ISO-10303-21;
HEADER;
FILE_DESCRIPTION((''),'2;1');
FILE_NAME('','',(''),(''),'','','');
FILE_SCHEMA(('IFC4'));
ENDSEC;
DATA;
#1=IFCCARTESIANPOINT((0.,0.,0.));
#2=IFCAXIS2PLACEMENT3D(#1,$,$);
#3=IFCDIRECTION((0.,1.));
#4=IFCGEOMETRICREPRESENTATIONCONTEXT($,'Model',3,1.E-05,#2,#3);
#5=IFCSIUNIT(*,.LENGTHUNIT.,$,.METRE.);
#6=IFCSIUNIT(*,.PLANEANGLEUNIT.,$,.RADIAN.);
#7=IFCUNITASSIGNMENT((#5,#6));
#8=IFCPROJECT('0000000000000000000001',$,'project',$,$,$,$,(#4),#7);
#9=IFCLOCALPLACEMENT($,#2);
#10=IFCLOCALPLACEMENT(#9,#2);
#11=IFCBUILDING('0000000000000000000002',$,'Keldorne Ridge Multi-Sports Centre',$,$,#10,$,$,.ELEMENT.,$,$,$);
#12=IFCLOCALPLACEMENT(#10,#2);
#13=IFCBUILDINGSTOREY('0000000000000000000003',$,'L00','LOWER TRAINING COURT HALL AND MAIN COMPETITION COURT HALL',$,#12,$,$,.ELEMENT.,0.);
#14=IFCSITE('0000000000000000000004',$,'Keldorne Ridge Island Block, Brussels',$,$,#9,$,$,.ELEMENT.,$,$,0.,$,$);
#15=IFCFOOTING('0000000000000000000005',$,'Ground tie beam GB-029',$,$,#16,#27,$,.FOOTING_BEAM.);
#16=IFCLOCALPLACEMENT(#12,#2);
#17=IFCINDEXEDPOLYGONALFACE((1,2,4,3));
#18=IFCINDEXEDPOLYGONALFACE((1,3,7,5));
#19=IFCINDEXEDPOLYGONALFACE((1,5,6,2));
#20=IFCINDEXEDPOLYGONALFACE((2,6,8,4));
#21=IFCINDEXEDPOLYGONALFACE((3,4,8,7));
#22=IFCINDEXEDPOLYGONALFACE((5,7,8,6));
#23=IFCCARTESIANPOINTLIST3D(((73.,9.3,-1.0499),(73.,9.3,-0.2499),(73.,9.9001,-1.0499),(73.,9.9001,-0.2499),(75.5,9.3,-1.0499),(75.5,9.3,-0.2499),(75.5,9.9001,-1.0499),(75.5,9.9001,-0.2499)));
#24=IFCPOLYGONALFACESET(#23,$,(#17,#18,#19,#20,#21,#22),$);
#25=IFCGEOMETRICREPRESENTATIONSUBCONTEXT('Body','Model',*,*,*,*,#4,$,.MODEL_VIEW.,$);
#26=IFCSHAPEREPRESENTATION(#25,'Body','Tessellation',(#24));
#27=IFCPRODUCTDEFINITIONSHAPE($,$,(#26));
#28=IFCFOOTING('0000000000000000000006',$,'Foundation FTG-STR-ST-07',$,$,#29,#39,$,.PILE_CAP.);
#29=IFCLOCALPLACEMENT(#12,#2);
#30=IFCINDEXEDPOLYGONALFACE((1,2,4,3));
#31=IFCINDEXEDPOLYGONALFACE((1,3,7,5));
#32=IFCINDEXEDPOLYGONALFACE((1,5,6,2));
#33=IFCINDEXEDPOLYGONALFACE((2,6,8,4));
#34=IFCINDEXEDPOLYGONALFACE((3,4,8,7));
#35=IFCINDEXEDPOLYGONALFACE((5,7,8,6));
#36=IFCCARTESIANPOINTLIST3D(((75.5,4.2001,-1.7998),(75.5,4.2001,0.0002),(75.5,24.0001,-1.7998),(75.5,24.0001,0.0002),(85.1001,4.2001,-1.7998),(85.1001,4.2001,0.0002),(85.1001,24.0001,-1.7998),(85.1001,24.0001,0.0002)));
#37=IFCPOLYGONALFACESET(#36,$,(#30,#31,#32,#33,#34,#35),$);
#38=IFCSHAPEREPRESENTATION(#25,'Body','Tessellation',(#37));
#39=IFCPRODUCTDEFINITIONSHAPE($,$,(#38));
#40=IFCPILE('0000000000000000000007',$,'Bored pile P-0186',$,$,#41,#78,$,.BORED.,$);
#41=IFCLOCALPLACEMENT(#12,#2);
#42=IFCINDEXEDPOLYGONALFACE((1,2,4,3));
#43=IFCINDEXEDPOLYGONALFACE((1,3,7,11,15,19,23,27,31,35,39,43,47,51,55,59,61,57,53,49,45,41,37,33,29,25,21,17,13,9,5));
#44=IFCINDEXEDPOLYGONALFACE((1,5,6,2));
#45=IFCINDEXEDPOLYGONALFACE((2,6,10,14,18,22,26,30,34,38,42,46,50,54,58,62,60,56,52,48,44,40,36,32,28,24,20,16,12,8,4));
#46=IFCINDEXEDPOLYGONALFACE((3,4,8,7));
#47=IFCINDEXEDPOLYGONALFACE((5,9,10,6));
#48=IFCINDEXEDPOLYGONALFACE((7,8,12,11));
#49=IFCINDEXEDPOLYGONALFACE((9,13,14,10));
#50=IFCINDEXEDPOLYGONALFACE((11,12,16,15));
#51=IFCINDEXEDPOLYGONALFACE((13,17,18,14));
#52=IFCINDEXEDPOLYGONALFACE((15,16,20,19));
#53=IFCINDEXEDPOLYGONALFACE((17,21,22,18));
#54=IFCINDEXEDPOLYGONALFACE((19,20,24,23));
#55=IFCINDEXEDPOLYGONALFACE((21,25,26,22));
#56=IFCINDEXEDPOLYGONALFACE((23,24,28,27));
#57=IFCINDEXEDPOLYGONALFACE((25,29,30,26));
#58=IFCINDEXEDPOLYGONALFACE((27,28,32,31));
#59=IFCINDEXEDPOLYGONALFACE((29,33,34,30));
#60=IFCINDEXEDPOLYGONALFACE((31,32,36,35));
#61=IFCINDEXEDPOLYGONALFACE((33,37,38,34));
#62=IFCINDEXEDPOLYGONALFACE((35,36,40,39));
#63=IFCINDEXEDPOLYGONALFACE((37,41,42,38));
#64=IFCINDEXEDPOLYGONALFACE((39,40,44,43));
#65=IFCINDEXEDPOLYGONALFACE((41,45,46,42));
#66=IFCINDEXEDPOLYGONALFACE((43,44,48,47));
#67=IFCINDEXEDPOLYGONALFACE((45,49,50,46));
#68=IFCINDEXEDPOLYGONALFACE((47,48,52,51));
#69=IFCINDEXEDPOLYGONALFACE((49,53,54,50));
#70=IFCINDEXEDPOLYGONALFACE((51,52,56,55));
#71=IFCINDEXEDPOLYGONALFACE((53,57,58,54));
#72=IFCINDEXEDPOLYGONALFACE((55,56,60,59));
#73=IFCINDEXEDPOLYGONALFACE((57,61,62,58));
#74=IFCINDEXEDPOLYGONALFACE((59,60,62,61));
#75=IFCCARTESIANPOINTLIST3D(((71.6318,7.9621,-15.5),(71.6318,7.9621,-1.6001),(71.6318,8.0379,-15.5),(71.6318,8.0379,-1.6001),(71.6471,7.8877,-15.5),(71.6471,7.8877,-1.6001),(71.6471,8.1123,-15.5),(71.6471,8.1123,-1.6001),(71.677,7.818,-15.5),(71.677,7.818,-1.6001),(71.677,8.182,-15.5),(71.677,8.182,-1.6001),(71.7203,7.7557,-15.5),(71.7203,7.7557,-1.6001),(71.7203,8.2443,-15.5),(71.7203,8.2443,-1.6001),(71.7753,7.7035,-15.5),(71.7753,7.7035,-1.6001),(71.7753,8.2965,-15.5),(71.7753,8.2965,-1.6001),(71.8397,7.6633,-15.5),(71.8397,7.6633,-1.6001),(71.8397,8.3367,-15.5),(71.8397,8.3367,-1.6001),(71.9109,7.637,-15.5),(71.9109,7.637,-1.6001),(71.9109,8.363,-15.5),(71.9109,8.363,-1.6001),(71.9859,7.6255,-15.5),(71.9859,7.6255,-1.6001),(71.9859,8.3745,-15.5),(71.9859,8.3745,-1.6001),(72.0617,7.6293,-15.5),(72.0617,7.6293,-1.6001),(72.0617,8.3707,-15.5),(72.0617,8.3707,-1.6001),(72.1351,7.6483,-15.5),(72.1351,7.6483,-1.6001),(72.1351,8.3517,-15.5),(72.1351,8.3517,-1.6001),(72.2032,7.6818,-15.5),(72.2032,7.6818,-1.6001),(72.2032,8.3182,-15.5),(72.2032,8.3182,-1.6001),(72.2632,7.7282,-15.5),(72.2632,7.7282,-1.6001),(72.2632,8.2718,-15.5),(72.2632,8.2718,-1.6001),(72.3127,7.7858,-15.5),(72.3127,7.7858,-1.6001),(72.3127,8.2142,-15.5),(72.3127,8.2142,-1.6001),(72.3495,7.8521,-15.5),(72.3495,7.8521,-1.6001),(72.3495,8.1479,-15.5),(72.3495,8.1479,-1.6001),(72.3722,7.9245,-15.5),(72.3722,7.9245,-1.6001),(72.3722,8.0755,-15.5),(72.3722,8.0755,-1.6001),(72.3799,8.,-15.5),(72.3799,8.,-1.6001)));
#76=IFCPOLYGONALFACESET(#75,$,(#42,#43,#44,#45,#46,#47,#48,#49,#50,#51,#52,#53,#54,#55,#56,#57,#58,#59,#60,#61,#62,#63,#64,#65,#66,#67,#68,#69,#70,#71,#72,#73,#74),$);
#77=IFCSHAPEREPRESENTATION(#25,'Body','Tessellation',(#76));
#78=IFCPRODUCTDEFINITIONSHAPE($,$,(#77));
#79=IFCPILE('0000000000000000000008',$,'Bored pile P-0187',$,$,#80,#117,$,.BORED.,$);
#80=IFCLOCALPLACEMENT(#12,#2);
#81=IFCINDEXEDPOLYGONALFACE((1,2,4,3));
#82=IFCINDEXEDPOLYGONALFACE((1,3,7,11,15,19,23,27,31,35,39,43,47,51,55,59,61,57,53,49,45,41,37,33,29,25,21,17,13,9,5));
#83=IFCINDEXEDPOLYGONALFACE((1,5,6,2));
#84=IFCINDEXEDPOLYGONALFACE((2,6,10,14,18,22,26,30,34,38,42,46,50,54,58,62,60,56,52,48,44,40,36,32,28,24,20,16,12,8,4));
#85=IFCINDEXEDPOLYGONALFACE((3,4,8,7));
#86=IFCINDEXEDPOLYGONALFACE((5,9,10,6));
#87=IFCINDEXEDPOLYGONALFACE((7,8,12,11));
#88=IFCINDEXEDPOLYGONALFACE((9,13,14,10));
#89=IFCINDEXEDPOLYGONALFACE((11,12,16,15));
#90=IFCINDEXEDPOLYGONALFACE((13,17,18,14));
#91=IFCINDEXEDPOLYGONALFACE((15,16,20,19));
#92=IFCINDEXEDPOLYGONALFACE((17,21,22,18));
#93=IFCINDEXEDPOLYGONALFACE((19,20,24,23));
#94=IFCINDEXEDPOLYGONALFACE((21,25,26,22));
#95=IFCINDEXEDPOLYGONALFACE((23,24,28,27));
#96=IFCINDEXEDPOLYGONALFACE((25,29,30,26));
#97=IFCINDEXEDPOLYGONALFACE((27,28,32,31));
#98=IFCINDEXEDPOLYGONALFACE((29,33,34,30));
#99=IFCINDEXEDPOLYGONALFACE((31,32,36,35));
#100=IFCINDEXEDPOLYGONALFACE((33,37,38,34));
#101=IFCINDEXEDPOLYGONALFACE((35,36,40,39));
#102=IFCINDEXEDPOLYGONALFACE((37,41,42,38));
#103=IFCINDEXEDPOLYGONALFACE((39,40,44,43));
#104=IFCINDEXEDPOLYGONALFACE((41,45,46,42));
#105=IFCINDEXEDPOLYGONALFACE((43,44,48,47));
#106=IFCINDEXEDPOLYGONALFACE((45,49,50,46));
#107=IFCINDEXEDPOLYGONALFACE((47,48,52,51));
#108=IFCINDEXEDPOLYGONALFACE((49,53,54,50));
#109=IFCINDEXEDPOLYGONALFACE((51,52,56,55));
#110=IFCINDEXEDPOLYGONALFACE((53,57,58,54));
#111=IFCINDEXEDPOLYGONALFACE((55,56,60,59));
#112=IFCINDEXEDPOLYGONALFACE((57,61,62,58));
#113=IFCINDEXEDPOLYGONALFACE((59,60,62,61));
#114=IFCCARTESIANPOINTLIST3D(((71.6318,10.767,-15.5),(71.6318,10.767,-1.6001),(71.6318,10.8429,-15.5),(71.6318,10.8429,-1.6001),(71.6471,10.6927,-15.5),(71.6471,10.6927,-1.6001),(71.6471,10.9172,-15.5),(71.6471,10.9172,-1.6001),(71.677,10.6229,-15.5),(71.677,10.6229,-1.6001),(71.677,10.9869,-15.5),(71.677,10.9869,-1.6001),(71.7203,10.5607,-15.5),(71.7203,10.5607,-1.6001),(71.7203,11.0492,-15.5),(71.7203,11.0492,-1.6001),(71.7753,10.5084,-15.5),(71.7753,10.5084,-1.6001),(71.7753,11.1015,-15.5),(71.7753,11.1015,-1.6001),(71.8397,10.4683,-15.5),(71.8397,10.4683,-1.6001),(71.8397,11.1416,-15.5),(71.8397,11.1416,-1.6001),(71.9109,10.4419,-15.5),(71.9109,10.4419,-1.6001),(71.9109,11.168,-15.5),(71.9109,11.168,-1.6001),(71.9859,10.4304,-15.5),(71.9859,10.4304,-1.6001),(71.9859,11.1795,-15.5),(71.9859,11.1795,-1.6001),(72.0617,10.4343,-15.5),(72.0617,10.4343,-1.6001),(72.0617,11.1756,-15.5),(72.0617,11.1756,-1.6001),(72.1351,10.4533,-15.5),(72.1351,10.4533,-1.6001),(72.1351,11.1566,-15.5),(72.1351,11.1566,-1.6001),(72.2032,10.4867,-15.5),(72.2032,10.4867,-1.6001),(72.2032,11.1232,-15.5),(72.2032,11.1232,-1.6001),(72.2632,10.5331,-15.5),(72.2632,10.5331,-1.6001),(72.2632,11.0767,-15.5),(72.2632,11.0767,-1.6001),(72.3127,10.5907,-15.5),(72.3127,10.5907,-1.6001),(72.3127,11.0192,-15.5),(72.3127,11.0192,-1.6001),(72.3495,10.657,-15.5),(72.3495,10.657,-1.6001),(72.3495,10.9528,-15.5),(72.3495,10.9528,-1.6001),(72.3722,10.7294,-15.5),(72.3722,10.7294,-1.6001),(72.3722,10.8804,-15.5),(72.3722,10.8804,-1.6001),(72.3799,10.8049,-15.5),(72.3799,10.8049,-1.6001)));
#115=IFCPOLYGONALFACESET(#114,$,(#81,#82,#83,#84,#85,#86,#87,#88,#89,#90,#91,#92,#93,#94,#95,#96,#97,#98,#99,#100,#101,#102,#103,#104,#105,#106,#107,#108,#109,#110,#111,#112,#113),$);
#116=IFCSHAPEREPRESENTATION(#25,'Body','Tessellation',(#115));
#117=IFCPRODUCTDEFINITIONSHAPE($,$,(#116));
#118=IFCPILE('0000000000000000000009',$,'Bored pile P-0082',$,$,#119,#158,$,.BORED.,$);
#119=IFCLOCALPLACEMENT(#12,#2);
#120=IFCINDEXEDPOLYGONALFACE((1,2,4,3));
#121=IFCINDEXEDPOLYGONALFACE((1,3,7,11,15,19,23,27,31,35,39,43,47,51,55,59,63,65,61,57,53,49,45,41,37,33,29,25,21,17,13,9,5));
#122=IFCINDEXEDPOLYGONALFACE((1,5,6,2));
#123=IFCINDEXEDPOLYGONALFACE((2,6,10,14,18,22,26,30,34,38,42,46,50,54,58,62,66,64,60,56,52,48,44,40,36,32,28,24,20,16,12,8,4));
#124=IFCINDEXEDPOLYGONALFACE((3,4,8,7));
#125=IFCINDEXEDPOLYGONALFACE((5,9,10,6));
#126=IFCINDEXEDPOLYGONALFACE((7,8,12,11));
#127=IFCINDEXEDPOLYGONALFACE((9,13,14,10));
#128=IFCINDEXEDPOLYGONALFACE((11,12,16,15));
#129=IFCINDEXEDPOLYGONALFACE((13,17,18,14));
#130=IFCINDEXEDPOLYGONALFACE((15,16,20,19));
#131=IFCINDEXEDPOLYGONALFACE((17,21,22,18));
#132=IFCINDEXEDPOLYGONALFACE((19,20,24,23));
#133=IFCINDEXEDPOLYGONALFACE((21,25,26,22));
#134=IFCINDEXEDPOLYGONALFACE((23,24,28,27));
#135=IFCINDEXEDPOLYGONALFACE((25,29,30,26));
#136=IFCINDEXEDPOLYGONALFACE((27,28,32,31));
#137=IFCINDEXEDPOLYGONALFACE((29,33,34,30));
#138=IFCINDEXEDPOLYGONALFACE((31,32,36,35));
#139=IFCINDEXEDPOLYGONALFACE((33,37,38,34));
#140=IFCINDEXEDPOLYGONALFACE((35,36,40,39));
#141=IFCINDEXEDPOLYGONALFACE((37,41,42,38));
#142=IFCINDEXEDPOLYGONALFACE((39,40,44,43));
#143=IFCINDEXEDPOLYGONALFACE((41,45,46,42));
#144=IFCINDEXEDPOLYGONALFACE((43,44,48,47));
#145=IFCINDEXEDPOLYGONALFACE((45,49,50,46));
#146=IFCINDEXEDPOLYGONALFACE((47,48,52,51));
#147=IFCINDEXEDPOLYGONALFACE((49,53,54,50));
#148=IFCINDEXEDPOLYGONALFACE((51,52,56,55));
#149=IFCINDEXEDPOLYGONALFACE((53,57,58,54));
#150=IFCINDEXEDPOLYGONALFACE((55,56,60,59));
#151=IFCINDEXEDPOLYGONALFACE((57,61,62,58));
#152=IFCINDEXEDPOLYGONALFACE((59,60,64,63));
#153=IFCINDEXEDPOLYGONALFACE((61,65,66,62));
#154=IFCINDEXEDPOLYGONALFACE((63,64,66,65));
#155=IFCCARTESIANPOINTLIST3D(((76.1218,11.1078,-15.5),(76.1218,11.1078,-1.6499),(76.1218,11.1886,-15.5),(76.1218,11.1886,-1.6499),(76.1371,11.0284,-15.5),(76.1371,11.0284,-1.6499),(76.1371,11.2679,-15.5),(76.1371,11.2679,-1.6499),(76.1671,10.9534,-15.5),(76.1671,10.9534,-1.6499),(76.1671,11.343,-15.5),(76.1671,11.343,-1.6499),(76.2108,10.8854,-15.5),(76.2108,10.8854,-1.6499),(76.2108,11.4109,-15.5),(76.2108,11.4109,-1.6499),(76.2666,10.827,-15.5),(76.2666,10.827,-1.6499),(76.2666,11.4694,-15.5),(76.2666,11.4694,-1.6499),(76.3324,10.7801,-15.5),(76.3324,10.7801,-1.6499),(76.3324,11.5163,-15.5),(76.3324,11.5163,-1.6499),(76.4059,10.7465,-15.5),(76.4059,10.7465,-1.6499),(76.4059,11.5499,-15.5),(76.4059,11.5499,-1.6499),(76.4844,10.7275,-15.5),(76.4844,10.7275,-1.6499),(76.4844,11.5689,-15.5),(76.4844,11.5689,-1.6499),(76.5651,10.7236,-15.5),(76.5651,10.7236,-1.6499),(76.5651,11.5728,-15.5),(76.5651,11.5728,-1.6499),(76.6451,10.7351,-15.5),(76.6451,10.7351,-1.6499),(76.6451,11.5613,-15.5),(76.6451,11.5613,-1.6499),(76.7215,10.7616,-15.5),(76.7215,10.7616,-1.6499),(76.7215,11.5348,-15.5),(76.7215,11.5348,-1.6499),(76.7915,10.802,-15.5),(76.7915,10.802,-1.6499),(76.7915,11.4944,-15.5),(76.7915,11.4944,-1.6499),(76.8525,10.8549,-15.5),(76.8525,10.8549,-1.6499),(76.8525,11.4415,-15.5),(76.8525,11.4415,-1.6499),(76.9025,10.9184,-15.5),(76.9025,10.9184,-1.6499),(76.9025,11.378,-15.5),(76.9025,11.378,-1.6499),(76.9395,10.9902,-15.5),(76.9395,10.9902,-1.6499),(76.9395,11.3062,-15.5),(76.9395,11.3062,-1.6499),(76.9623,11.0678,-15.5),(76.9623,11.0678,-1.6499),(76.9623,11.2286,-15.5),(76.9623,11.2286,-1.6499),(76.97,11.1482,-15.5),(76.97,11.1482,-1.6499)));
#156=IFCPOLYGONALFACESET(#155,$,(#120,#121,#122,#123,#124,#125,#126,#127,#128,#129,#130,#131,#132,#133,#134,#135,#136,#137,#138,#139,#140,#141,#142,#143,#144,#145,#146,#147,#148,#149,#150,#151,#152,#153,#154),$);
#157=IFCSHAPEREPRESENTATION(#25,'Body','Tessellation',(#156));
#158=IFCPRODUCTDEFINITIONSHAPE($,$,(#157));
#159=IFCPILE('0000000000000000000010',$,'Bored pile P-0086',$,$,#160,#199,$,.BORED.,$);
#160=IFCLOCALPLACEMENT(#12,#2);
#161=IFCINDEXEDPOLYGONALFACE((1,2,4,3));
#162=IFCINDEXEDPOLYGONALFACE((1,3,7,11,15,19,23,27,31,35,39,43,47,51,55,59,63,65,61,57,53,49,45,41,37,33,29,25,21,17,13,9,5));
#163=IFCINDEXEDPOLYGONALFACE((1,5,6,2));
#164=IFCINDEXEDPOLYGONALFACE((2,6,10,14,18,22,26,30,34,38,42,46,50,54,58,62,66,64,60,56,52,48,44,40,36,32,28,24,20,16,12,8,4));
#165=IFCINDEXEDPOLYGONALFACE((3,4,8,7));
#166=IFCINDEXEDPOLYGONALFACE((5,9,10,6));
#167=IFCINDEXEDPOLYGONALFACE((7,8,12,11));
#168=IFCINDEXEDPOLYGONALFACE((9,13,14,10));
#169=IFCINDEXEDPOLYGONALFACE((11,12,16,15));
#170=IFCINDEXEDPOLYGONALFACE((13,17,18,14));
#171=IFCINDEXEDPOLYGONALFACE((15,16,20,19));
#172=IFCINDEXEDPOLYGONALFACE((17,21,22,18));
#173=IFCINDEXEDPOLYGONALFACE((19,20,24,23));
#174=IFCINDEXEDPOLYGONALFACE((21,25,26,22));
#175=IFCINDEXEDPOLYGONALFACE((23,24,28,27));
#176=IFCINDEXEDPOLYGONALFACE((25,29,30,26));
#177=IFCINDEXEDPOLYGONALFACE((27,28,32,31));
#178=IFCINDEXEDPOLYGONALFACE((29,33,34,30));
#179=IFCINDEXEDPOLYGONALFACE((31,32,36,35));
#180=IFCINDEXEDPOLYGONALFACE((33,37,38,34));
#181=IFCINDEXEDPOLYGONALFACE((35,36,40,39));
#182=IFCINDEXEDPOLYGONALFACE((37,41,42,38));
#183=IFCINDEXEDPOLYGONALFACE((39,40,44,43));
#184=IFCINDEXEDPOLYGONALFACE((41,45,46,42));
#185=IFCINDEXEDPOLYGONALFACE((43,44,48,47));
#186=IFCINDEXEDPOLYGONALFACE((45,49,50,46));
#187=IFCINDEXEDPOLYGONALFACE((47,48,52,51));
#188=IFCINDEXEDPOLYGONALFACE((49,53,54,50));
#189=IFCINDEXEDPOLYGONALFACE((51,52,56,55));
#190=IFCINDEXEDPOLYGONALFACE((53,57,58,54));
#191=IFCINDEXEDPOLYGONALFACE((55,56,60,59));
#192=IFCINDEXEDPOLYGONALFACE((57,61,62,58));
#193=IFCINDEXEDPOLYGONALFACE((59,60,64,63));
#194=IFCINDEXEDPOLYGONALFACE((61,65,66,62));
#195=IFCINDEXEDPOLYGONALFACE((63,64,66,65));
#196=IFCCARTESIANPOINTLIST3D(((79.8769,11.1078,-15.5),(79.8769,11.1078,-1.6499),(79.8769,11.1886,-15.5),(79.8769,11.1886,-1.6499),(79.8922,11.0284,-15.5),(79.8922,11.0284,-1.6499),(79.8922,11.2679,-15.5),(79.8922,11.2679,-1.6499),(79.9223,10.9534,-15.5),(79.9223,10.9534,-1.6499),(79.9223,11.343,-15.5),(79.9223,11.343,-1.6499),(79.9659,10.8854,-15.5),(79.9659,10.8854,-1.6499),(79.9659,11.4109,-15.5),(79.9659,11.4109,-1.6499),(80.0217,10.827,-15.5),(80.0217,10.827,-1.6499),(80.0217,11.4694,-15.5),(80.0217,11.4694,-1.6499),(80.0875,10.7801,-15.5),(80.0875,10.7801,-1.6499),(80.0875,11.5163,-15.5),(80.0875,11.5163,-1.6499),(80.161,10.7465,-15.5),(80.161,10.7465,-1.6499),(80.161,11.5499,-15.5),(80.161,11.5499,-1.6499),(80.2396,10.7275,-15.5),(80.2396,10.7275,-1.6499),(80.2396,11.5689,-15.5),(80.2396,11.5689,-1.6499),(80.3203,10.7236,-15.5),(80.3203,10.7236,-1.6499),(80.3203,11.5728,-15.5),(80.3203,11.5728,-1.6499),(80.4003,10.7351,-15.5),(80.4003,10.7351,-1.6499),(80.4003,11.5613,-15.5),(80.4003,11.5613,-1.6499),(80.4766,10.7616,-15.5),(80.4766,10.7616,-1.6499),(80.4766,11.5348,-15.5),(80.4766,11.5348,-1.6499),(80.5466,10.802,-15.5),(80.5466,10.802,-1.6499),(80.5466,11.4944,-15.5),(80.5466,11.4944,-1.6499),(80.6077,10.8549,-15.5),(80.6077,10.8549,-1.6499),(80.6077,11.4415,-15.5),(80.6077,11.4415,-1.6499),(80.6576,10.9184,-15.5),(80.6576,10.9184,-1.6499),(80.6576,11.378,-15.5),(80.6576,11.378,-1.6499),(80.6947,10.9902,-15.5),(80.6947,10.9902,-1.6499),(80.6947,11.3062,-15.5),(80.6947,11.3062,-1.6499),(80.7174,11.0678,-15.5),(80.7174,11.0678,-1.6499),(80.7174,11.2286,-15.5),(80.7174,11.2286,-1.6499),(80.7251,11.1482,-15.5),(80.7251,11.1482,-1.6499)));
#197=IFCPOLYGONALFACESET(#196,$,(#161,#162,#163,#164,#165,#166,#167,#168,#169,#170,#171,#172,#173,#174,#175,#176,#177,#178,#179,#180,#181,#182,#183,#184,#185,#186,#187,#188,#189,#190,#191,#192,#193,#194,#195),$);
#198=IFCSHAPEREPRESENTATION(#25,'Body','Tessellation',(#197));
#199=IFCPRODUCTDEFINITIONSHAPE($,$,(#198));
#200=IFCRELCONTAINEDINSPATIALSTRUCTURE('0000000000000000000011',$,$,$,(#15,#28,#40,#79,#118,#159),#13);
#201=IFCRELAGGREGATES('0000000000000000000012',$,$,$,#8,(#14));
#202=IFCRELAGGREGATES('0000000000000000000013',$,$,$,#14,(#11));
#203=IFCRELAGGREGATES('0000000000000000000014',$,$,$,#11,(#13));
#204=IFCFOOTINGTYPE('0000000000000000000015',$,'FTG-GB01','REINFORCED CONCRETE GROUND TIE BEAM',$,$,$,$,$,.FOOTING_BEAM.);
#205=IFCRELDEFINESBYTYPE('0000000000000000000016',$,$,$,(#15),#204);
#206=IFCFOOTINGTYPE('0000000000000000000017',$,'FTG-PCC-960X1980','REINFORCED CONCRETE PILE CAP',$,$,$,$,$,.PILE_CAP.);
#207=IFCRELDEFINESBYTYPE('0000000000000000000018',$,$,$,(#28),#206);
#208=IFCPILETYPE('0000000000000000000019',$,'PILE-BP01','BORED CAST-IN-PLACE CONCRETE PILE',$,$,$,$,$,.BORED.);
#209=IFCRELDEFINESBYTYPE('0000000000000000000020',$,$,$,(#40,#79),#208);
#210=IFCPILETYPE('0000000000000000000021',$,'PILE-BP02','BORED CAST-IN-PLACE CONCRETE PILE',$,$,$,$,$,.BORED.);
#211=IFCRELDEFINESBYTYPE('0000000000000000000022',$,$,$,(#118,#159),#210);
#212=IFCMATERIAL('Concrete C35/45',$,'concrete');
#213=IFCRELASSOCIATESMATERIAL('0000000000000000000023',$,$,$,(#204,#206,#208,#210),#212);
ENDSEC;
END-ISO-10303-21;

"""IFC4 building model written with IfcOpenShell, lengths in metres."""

from ifc_helpers import new_model, si_unit, direction, frame, origin, origin_2d, place, context, subcontext, project, spatial, rectangle, circle, extrude, material, material_profile, profile_set, type_object, element, save


model = new_model("IFC4")

# Units and contexts
model_context = context("Model", 3, precision=1e-05, world=origin(), true_north=direction((0.0, 1.0)))
body_context = subcontext(model_context, "Body", "Model", "MODEL_VIEW")
ifc_project = project(units=[si_unit("LENGTHUNIT", "METRE"), si_unit("PLANEANGLEUNIT", "RADIAN")], contexts=[model_context])

# Site, building, storey
site_placement = place(None, origin())
site = spatial("IfcSite", under=ifc_project, at=site_placement, Name="Keldorne Ridge Island Block, Brussels", CompositionType="ELEMENT", RefElevation=0.0)
building_placement = place(site_placement, origin())
building = spatial("IfcBuilding", under=site, at=building_placement, Name="Keldorne Ridge Multi-Sports Centre", CompositionType="ELEMENT")
storey_placement = place(building_placement, origin())
storey = spatial("IfcBuildingStorey", under=building, at=storey_placement, Name="L00", Description="LOWER TRAINING COURT HALL AND MAIN COMPETITION COURT HALL", CompositionType="ELEMENT", Elevation=0.0)

# Footings
ifc_material_1 = material(Name="Concrete C35/45", Category="concrete")
ifc_material_profile_1 = material_profile(ifc_material_1, rectangle(XDim=0.6001, YDim=0.8, at=origin_2d()), Name="GB 600x800")
ifc_profile_set_1 = profile_set([ifc_material_profile_1], Name="Concrete C35/45")
footing_type_1 = type_object("IfcFootingType", Name="FTG-GB01", Description="REINFORCED CONCRETE GROUND TIE BEAM", PredefinedType="FOOTING_BEAM", material=ifc_profile_set_1)
footing_1_placement = place(storey_placement, frame((73.0, 9.6001, -0.6499), z_axis=(1.0, 0.0, 0.0), x_axis=(0.0, 1.0, 0.0)))
element("IfcFooting", 1, at=footing_1_placement, inside=storey, type_object=footing_type_1, Name="Ground tie beam GB-029", PredefinedType="FOOTING_BEAM", context=body_context, shape_type="SweptSolid", body=[
    extrude(rectangle(XDim=0.6001, YDim=0.8, at=origin_2d()), origin(), (0.0, 0.0, 1.0), 2.5),
])
footing_type_2 = type_object("IfcFootingType", Name="FTG-PCC-960X1980", Description="REINFORCED CONCRETE PILE CAP", PredefinedType="PILE_CAP", material=ifc_material_1)
footing_2_placement = place(storey_placement, frame((80.3, 14.1001, -1.7998), z_axis=(0.0, 0.0, 1.0), x_axis=(1.0, 0.0, 0.0)))
element("IfcFooting", 2, at=footing_2_placement, inside=storey, type_object=footing_type_2, Name="Foundation FTG-STR-ST-07", PredefinedType="PILE_CAP", context=body_context, shape_type="SweptSolid", body=[
    extrude(rectangle(XDim=9.6001, YDim=19.8, at=origin_2d()), origin(), (0.0, 0.0, 1.0), 1.8),
])

# Piles
ifc_material_profile_2 = material_profile(ifc_material_1, circle(Radius=0.375, at=origin_2d()), Name="BORED PILE D750")
ifc_profile_set_2 = profile_set([ifc_material_profile_2], Name="Concrete C35/45")
pile_type_1 = type_object("IfcPileType", Name="PILE-BP01", Description="BORED CAST-IN-PLACE CONCRETE PILE", PredefinedType="BORED", material=ifc_profile_set_2)
for number, where, z_axis, x_axis, name in (
    (3, (72.0049, 8.0, -1.6001), (0.0, 0.0, -1.0), (1.0, 0.0, 0.0), "Bored pile P-0186"),
    (4, (72.0049, 10.8049, -1.6001), (0.0, 0.0, -1.0), (1.0, 0.0, 0.0), "Bored pile P-0187"),
):
    element("IfcPile", number, at=place(storey_placement, frame(where, z_axis=z_axis, x_axis=x_axis)), inside=storey, type_object=pile_type_1, Name=name, PredefinedType="BORED", context=body_context, shape_type="SweptSolid", body=[
        extrude(circle(Radius=0.375, at=origin_2d()), origin(), (0.0, 0.0, 1.0), 13.8999),
    ])
ifc_material_profile_3 = material_profile(ifc_material_1, circle(Radius=0.425, at=origin_2d()), Name="BORED PILE D850")
ifc_profile_set_3 = profile_set([ifc_material_profile_3], Name="Concrete C35/45")
pile_type_2 = type_object("IfcPileType", Name="PILE-BP02", Description="BORED CAST-IN-PLACE CONCRETE PILE", PredefinedType="BORED", material=ifc_profile_set_3)
for number, where, z_axis, x_axis, name in (
    (5, (76.5449, 11.1482, -1.6499), (0.0, 0.0, -1.0), (1.0, 0.0, 0.0), "Bored pile P-0082"),
    (6, (80.3, 11.1482, -1.6499), (0.0, 0.0, -1.0), (1.0, 0.0, 0.0), "Bored pile P-0086"),
):
    element("IfcPile", number, at=place(storey_placement, frame(where, z_axis=z_axis, x_axis=x_axis)), inside=storey, type_object=pile_type_2, Name=name, PredefinedType="BORED", context=body_context, shape_type="SweptSolid", body=[
        extrude(circle(Radius=0.425, at=origin_2d()), origin(), (0.0, 0.0, 1.0), 13.8501),
    ])

save(model, "model.ifc")
